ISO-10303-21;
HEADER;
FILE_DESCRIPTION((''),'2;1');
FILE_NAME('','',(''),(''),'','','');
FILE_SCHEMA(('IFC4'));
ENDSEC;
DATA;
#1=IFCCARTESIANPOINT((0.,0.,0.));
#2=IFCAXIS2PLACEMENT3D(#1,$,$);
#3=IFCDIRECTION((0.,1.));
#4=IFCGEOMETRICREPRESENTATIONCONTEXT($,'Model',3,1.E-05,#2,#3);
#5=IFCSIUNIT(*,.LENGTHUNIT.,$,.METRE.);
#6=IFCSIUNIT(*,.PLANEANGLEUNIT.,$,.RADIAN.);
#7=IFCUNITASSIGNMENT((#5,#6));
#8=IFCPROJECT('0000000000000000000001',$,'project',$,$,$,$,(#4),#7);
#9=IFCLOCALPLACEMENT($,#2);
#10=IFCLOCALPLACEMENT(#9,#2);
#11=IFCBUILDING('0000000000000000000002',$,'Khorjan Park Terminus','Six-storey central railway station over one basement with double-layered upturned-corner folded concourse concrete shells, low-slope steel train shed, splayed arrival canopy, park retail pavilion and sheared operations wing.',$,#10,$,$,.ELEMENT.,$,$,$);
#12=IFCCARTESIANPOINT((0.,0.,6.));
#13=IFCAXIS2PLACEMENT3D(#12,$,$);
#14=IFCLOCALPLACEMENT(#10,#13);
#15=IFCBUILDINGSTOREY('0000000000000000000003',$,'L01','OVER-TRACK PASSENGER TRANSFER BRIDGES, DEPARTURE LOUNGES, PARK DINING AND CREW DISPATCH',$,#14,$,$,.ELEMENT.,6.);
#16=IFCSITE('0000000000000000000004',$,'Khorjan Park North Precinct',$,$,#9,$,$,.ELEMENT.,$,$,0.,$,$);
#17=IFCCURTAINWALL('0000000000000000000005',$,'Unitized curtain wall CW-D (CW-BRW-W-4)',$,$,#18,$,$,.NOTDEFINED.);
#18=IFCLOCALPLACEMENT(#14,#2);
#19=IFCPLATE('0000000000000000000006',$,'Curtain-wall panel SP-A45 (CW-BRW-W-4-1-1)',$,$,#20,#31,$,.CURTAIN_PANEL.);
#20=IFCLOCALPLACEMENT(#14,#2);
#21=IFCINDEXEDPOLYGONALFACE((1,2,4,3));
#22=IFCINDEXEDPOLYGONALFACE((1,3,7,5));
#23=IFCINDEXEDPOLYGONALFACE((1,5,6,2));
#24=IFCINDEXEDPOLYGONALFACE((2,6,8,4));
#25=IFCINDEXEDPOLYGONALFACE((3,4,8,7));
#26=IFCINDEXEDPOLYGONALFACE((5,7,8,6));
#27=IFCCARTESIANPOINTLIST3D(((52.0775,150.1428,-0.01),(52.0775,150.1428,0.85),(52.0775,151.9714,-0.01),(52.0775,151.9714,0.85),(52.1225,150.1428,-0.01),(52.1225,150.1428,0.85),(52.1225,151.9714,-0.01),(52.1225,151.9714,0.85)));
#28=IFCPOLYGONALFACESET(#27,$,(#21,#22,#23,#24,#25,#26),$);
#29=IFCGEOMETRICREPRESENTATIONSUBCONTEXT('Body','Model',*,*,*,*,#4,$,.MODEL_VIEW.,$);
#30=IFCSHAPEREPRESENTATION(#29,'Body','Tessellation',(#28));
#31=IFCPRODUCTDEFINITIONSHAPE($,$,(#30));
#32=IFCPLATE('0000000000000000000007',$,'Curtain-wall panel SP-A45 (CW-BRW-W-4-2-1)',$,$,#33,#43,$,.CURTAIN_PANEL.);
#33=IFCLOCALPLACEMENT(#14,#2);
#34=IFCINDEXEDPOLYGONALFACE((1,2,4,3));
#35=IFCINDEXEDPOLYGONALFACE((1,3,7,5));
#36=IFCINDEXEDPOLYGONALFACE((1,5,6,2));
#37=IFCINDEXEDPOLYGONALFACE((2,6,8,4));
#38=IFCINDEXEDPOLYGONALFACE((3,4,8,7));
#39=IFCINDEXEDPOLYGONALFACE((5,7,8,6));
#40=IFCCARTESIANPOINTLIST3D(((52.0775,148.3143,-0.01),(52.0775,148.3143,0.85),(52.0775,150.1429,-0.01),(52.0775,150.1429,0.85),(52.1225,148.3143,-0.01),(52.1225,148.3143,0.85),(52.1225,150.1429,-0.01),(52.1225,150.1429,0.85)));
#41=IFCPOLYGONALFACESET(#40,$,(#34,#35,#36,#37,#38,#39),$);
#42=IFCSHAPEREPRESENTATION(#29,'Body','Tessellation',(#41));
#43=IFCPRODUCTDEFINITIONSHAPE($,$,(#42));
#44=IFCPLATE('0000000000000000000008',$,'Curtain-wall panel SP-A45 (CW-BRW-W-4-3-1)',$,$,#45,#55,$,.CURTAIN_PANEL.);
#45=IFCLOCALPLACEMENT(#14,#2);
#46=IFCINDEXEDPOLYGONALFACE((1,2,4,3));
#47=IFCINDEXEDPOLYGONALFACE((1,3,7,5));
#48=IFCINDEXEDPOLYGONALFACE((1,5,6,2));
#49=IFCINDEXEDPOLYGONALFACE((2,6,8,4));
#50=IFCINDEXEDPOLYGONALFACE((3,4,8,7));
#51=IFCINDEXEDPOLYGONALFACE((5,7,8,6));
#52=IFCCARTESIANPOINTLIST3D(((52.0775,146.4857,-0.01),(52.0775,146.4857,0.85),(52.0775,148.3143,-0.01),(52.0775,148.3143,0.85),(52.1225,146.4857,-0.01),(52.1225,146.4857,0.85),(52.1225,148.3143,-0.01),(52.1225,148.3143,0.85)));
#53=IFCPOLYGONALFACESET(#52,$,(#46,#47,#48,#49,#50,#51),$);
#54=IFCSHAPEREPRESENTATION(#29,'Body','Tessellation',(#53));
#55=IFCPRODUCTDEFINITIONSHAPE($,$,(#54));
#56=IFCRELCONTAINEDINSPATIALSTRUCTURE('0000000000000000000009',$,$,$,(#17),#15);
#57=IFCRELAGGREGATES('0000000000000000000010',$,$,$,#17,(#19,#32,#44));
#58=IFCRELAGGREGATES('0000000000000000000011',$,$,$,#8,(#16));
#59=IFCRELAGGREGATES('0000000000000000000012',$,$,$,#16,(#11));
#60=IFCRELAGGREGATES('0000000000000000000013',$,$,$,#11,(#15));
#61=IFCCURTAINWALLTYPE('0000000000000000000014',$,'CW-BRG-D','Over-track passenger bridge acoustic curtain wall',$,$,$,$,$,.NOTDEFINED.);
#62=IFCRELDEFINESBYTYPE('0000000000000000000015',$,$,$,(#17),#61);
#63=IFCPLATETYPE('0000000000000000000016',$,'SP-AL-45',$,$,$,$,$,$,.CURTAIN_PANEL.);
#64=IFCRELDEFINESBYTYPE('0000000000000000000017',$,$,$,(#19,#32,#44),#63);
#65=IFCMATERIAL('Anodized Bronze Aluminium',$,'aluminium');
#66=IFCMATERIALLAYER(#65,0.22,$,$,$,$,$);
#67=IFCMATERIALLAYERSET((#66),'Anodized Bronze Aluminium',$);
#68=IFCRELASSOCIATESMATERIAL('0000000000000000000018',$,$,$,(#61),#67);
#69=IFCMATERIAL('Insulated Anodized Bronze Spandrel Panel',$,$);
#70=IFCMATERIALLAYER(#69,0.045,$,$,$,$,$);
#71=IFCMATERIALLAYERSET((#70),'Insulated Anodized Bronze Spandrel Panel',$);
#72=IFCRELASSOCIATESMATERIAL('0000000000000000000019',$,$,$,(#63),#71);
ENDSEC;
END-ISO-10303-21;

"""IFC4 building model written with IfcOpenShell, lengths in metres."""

from ifc_helpers import new_model, si_unit, direction, frame, origin, origin_2d, place, context, subcontext, project, spatial, rectangle, extrude, material, layer, layer_set, type_object, element, aggregate, save


model = new_model("IFC4")

# Units and contexts
model_context = context("Model", 3, precision=1e-05, world=origin(), true_north=direction((0.0, 1.0)))
body_context = subcontext(model_context, "Body", "Model", "MODEL_VIEW")
ifc_project = project(units=[si_unit("LENGTHUNIT", "METRE"), si_unit("PLANEANGLEUNIT", "RADIAN")], contexts=[model_context])

# Site, building, storey
site_placement = place(None, origin())
site = spatial("IfcSite", under=ifc_project, at=site_placement, Name="Khorjan Park North Precinct", CompositionType="ELEMENT", RefElevation=0.0)
building_placement = place(site_placement, origin())
building = spatial("IfcBuilding", under=site, at=building_placement, Name="Khorjan Park Terminus", Description="Six-storey central railway station over one basement with double-layered upturned-corner folded concourse concrete shells, low-slope steel train shed, splayed arrival canopy, park retail pavilion and sheared operations wing.", CompositionType="ELEMENT")
storey_placement = place(building_placement, frame((0.0, 0.0, 6.0)))
storey = spatial("IfcBuildingStorey", under=building, at=storey_placement, Name="L01", Description="OVER-TRACK PASSENGER TRANSFER BRIDGES, DEPARTURE LOUNGES, PARK DINING AND CREW DISPATCH", CompositionType="ELEMENT", Elevation=6.0)

# Curtain wall, plates
ifc_material_1 = material(Name="Anodized Bronze Aluminium", Category="aluminium")
ifc_layer_1 = layer(ifc_material_1, 0.22)
ifc_layer_set_1 = layer_set([ifc_layer_1], Name="Anodized Bronze Aluminium")
curtain_wall_type = type_object("IfcCurtainWallType", Name="CW-BRG-D", Description="Over-track passenger bridge acoustic curtain wall", PredefinedType="NOTDEFINED", material=ifc_layer_set_1)
curtain_wall_placement = place(storey_placement, origin())
curtain_wall = element("IfcCurtainWall", 1, at=curtain_wall_placement, inside=storey, type_object=curtain_wall_type, Name="Unitized curtain wall CW-D (CW-BRW-W-4)", PredefinedType="NOTDEFINED")
ifc_material_2 = material(Name="Insulated Anodized Bronze Spandrel Panel")
ifc_layer_2 = layer(ifc_material_2, 0.045)
ifc_layer_set_2 = layer_set([ifc_layer_2], Name="Insulated Anodized Bronze Spandrel Panel")
plate_type_1 = type_object("IfcPlateType", Name="SP-AL-45", PredefinedType="CURTAIN_PANEL", material=ifc_layer_set_2)
plate_1_placement = place(storey_placement, frame((52.1, 151.0571, -0.01), z_axis=(0.0, 0.0, 1.0), x_axis=(0.0, -1.0, 0.0)))
plate_1 = element("IfcPlate", 2, at=plate_1_placement, type_object=plate_type_1, Name="Curtain-wall panel SP-A45 (CW-BRW-W-4-1-1)", PredefinedType="CURTAIN_PANEL", context=body_context, shape_type="SweptSolid", body=[
    extrude(rectangle(XDim=1.8286, YDim=0.045, at=origin_2d()), origin(), (0.0, 0.0, 1.0), 0.86),
])
plate_2_placement = place(storey_placement, frame((52.1, 149.2286, -0.01), z_axis=(0.0, 0.0, 1.0), x_axis=(0.0, -1.0, 0.0)))
plate_2 = element("IfcPlate", 3, at=plate_2_placement, type_object=plate_type_1, Name="Curtain-wall panel SP-A45 (CW-BRW-W-4-2-1)", PredefinedType="CURTAIN_PANEL", context=body_context, shape_type="SweptSolid", body=[
    extrude(rectangle(XDim=1.8286, YDim=0.045, at=origin_2d()), origin(), (0.0, 0.0, 1.0), 0.86),
])
plate_3_placement = place(storey_placement, frame((52.1, 147.4, -0.01), z_axis=(0.0, 0.0, 1.0), x_axis=(0.0, -1.0, 0.0)))
plate_3 = element("IfcPlate", 4, at=plate_3_placement, type_object=plate_type_1, Name="Curtain-wall panel SP-A45 (CW-BRW-W-4-3-1)", PredefinedType="CURTAIN_PANEL", context=body_context, shape_type="SweptSolid", body=[
    extrude(rectangle(XDim=1.8286, YDim=0.045, at=origin_2d()), origin(), (0.0, 0.0, 1.0), 0.86),
])
aggregate(curtain_wall, [plate_1, plate_2, plate_3])

save(model, "model.ifc")
